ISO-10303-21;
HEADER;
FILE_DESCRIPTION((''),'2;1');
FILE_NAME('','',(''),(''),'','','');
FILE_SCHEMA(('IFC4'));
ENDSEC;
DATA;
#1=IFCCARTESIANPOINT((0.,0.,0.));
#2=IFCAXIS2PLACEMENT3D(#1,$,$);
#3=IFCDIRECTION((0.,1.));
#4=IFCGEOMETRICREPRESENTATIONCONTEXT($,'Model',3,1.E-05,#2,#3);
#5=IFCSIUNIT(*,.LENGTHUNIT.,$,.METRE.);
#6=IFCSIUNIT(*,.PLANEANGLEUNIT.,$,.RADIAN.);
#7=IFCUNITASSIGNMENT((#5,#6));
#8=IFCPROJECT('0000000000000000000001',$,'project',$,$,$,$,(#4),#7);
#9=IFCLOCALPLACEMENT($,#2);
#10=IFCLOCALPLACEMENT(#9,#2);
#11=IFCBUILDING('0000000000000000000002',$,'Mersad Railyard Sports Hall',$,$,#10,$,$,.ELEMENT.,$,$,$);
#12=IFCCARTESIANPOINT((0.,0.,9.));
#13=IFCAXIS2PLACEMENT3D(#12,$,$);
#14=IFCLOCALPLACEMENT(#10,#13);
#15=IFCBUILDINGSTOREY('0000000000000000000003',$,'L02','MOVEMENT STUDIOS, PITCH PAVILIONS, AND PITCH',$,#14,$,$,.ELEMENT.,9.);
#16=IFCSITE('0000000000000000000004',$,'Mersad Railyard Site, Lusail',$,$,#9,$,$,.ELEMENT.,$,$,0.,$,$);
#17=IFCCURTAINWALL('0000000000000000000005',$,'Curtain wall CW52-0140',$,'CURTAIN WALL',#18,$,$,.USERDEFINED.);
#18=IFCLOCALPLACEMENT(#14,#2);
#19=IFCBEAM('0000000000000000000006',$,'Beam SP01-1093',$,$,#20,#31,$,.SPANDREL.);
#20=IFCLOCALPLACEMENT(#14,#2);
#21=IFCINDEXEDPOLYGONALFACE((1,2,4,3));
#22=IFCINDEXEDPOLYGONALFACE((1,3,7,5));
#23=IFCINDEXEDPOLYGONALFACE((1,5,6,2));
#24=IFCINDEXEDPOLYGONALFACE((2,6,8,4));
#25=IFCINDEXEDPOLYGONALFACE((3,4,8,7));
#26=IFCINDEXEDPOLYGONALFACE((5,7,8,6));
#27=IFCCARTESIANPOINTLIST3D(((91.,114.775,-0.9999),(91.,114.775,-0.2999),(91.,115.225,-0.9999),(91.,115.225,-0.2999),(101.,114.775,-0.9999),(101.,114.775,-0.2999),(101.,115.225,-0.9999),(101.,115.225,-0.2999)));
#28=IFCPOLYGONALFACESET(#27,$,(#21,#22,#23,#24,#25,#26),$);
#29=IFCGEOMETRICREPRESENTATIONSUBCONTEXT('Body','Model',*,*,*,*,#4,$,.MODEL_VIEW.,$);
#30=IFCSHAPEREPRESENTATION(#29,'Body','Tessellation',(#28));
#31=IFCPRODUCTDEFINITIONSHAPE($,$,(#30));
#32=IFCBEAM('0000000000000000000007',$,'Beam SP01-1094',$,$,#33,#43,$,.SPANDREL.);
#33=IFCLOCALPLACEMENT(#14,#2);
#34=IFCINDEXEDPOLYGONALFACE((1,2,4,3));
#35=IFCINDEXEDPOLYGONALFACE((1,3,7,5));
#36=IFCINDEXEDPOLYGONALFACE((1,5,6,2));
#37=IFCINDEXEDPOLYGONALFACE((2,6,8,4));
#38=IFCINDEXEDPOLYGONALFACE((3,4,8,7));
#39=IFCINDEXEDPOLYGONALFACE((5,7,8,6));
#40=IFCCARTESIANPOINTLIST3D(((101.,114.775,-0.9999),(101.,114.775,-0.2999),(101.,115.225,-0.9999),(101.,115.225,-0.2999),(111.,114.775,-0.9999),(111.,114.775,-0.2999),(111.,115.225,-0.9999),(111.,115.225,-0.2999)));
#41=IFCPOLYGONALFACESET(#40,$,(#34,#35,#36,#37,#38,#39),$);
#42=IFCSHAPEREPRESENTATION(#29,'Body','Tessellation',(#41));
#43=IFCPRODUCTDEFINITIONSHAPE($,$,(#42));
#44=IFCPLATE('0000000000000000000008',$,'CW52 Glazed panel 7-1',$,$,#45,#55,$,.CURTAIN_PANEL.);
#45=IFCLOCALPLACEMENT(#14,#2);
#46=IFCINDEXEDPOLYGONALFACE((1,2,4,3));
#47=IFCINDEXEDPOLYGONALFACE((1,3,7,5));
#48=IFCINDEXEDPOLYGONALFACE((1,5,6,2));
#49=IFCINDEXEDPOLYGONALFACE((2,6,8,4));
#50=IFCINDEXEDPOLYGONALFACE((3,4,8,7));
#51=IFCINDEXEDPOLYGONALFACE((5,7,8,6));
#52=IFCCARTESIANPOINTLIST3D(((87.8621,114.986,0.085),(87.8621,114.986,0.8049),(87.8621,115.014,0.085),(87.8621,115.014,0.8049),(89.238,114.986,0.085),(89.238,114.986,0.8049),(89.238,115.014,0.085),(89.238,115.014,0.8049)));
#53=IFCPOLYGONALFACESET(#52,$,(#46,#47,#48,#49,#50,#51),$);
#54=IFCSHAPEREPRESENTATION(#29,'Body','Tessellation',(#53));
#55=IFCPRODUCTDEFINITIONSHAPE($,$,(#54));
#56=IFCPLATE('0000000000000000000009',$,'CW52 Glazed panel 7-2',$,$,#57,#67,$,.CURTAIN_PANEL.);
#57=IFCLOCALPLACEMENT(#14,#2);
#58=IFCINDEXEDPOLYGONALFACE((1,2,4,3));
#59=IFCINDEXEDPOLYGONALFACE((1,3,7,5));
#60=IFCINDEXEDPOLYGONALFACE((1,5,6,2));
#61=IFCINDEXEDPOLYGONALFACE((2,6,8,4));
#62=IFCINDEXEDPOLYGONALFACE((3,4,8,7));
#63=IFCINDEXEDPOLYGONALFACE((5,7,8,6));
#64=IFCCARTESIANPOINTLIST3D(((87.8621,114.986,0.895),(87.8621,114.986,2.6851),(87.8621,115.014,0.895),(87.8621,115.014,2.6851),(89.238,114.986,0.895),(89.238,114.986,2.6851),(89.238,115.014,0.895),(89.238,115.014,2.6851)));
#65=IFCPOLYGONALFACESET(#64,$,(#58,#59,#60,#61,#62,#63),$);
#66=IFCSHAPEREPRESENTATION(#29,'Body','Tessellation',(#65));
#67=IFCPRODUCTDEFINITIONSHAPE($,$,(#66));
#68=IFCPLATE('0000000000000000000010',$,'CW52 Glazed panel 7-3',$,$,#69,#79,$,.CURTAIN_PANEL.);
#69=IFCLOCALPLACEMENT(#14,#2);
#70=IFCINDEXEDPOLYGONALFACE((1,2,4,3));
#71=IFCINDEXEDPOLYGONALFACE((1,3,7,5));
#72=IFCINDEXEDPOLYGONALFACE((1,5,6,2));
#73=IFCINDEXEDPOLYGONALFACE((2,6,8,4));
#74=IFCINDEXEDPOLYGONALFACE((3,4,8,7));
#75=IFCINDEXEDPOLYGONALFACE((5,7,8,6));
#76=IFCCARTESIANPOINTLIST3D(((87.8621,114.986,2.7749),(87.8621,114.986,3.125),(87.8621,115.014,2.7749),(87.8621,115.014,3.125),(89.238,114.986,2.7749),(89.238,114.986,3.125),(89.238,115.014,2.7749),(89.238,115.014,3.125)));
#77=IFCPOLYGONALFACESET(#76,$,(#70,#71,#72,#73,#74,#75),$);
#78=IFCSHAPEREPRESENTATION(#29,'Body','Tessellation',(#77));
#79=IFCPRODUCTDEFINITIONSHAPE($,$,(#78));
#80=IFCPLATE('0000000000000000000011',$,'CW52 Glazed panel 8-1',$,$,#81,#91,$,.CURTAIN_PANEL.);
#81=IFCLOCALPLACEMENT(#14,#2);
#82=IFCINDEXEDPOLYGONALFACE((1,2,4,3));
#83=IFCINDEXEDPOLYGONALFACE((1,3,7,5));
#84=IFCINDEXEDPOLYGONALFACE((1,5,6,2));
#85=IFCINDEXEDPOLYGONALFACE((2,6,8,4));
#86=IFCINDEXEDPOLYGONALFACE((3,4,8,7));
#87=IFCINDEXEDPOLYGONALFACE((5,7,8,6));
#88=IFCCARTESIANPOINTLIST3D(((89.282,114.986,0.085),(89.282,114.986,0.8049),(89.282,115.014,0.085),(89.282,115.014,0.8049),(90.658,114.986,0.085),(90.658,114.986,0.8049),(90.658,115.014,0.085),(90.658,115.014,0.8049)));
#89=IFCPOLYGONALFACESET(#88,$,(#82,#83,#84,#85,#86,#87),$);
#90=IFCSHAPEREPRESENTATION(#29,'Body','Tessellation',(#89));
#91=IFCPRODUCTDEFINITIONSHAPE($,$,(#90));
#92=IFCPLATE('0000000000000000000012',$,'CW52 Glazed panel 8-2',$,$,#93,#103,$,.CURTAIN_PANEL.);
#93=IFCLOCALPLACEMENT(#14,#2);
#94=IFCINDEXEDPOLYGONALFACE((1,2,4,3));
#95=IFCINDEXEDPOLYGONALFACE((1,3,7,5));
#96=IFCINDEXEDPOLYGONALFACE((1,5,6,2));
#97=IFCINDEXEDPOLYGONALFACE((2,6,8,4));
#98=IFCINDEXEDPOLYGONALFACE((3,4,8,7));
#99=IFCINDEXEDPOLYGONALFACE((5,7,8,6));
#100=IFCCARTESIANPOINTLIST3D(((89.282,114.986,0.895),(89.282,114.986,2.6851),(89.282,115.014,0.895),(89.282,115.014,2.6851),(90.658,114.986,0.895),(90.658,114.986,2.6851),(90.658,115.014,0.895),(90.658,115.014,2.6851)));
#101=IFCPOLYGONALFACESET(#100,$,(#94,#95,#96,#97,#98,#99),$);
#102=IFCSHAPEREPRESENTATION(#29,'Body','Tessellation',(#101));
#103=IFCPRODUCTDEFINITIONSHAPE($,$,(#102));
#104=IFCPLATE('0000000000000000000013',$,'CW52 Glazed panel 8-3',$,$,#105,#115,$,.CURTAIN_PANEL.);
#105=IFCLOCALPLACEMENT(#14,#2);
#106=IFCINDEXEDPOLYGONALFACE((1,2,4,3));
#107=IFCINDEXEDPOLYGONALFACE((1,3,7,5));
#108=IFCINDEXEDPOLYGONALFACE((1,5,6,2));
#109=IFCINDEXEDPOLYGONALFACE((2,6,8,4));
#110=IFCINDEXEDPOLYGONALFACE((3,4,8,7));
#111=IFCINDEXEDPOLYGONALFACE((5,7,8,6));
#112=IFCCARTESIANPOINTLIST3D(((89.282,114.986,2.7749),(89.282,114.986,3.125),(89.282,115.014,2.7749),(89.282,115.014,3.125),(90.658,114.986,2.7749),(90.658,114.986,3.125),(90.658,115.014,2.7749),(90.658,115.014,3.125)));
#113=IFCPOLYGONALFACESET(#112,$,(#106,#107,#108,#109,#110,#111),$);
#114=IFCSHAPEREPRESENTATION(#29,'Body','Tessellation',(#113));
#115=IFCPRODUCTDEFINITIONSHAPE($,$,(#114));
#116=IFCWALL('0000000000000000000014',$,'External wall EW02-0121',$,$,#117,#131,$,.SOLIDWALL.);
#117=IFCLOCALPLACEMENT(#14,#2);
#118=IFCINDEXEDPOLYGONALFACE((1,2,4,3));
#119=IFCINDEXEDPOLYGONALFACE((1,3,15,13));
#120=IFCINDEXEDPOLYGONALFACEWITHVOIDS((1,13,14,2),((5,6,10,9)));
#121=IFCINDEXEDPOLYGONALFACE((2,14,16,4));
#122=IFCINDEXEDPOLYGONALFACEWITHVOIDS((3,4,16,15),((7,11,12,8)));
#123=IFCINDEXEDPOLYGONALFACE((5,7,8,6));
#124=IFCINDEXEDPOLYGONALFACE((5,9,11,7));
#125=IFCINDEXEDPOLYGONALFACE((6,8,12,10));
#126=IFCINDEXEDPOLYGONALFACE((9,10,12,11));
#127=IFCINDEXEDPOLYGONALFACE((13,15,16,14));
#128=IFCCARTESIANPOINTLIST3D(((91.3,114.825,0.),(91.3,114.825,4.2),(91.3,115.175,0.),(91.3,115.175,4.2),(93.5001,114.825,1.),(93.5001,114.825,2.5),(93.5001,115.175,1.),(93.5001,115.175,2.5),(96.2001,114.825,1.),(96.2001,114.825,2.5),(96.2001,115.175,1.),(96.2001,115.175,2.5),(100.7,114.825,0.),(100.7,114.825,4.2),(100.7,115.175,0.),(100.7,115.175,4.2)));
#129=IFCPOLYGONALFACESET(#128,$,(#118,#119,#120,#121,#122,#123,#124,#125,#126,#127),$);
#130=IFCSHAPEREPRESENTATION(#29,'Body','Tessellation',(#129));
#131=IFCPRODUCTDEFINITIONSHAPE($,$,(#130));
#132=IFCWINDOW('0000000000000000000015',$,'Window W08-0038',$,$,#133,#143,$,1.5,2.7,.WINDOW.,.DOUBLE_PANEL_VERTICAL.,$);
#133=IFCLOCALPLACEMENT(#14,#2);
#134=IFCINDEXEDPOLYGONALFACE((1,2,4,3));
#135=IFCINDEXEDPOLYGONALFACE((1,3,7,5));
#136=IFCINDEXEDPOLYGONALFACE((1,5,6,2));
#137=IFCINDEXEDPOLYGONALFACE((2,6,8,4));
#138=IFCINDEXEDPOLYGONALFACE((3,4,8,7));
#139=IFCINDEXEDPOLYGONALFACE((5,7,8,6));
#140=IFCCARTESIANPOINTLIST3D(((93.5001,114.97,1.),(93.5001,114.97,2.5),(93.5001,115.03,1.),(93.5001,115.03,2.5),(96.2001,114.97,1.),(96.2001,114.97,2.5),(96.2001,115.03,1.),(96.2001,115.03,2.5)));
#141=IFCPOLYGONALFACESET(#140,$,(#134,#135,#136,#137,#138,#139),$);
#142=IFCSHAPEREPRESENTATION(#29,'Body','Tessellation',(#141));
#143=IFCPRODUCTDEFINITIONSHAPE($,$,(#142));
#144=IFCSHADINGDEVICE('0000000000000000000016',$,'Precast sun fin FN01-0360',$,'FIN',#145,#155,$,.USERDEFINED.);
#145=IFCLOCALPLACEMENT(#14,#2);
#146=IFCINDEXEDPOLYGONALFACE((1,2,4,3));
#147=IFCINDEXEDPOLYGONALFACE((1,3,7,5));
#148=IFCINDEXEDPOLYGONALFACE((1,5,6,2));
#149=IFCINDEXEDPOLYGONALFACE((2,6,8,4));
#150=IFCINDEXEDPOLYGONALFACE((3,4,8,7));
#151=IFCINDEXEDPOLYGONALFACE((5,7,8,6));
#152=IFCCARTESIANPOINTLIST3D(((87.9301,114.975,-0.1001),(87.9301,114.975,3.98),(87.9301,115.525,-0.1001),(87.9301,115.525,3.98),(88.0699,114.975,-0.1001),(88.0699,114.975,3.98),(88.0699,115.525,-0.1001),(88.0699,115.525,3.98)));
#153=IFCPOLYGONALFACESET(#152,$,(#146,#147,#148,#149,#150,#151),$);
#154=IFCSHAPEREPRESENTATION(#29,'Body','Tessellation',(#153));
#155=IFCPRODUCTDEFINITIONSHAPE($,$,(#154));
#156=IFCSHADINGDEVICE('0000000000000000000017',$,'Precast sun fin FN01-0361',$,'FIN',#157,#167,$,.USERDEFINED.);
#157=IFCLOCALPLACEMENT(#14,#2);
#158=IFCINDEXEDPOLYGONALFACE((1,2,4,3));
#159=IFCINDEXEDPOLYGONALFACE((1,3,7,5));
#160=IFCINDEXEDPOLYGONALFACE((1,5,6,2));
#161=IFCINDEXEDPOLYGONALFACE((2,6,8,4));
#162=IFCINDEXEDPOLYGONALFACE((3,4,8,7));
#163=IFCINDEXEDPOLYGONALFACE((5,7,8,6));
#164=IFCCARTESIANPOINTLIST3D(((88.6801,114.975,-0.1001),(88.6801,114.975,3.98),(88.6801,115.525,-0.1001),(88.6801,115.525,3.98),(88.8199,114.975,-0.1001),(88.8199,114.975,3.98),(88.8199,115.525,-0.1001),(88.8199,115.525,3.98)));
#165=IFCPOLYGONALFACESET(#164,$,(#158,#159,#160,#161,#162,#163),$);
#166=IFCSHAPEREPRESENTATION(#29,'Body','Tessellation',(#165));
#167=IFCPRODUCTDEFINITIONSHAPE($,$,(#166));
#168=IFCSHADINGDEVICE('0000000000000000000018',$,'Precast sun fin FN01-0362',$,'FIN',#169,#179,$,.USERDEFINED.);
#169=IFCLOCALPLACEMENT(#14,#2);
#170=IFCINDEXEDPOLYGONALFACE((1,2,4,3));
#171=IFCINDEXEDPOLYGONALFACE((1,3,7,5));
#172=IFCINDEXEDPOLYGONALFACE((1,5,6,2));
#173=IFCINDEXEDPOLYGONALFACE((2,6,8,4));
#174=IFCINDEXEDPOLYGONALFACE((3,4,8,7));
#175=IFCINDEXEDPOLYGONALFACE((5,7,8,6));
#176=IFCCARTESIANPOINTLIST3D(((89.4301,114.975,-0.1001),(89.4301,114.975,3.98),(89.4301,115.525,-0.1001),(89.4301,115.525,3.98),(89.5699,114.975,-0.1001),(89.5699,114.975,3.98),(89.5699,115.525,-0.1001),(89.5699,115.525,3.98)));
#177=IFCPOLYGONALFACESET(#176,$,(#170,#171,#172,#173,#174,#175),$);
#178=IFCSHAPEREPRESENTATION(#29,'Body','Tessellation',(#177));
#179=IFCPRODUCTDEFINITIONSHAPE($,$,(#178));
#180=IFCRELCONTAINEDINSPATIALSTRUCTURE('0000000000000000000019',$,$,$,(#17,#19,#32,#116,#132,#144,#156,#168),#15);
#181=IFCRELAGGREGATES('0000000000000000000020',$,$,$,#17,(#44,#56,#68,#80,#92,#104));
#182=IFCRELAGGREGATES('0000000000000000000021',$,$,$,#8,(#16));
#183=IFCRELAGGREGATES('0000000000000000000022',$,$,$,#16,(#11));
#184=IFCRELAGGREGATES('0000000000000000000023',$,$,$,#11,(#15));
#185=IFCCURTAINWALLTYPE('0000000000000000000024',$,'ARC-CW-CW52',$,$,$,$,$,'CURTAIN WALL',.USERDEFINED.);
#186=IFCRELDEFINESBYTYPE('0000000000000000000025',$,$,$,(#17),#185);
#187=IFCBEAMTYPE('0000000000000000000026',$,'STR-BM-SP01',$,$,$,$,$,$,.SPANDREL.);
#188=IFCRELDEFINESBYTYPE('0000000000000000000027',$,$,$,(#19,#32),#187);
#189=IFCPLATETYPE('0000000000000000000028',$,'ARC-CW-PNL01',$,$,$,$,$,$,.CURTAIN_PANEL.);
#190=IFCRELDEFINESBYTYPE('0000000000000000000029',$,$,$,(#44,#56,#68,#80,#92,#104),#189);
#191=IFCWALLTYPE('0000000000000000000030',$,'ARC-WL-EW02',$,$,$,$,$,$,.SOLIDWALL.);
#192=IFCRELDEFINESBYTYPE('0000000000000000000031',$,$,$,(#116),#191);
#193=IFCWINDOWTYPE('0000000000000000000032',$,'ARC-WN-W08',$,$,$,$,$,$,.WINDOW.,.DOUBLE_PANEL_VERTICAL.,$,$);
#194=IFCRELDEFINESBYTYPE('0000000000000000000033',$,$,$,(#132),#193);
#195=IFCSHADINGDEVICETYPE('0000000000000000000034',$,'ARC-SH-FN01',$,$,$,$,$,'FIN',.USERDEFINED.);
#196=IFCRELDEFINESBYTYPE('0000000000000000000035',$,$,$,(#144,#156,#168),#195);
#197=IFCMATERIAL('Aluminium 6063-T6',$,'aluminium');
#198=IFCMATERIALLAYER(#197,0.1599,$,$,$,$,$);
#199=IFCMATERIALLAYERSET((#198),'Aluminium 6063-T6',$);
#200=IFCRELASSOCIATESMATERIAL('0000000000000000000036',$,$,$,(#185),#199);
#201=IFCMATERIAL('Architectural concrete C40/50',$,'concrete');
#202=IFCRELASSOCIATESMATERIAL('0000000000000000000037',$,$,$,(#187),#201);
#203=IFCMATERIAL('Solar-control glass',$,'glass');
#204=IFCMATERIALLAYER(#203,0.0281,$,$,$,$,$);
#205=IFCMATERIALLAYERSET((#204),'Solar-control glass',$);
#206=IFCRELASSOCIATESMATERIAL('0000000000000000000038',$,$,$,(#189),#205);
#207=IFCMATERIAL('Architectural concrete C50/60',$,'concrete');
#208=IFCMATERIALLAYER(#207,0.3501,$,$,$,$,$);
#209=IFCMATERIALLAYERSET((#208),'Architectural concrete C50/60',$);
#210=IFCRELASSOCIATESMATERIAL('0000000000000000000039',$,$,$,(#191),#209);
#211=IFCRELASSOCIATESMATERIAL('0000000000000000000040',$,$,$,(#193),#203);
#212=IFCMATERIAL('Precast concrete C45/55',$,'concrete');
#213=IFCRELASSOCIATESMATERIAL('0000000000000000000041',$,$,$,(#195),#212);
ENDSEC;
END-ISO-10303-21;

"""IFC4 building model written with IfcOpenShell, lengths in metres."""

from ifc_helpers import new_model, si_unit, direction, frame, frame_2d, origin, origin_2d, place, context, subcontext, project, spatial, rectangle, extrude, material, layer, layer_set, material_profile, profile_set, type_object, element, fill, aggregate, save


model = new_model("IFC4")

# Units and contexts
model_context = context("Model", 3, precision=1e-05, world=origin(), true_north=direction((0.0, 1.0)))
body_context = subcontext(model_context, "Body", "Model", "MODEL_VIEW")
ifc_project = project(units=[si_unit("LENGTHUNIT", "METRE"), si_unit("PLANEANGLEUNIT", "RADIAN")], contexts=[model_context])

# Site, building, storey
site_placement = place(None, origin())
site = spatial("IfcSite", under=ifc_project, at=site_placement, Name="Mersad Railyard Site, Lusail", CompositionType="ELEMENT", RefElevation=0.0)
building_placement = place(site_placement, origin())
building = spatial("IfcBuilding", under=site, at=building_placement, Name="Mersad Railyard Sports Hall", CompositionType="ELEMENT")
storey_placement = place(building_placement, frame((0.0, 0.0, 9.0)))
storey = spatial("IfcBuildingStorey", under=building, at=storey_placement, Name="L02", Description="MOVEMENT STUDIOS, PITCH PAVILIONS, AND PITCH", CompositionType="ELEMENT", Elevation=9.0)

# Curtain wall
ifc_material_1 = material(Name="Aluminium 6063-T6", Category="aluminium")
ifc_layer_1 = layer(ifc_material_1, 0.1599)
ifc_layer_set_1 = layer_set([ifc_layer_1], Name="Aluminium 6063-T6")
curtain_wall_type_1 = type_object("IfcCurtainWallType", Name="ARC-CW-CW52", ElementType="CURTAIN WALL", PredefinedType="USERDEFINED", material=ifc_layer_set_1)
curtain_wall_1_placement = place(storey_placement, origin())
curtain_wall_1 = element("IfcCurtainWall", 1, at=curtain_wall_1_placement, inside=storey, type_object=curtain_wall_type_1, Name="Curtain wall CW52-0140", ObjectType="CURTAIN WALL", PredefinedType="USERDEFINED")

# Beams
ifc_material_2 = material(Name="Architectural concrete C40/50", Category="concrete")
ifc_material_profile_1 = material_profile(ifc_material_2, rectangle(XDim=0.45, YDim=0.7, at=origin_2d()), Name="RC 450x700")
ifc_profile_set_1 = profile_set([ifc_material_profile_1], Name="Architectural concrete C40/50")
beam_type = type_object("IfcBeamType", Name="STR-BM-SP01", PredefinedType="SPANDREL", material=ifc_profile_set_1)
for number, where, z_axis, x_axis, name in (
    (2, (91.0, 115.0, -0.6499), (1.0, 0.0, 0.0), (0.0, 1.0, 0.0), "Beam SP01-1093"),
    (3, (101.0, 115.0, -0.6499), (1.0, 0.0, 0.0), (0.0, 1.0, 0.0), "Beam SP01-1094"),
):
    element("IfcBeam", number, at=place(storey_placement, frame(where, z_axis=z_axis, x_axis=x_axis)), inside=storey, type_object=beam_type, Name=name, PredefinedType="SPANDREL", context=body_context, shape_type="SweptSolid", body=[
        extrude(rectangle(XDim=0.45, YDim=0.7, at=origin_2d()), origin(), (0.0, 0.0, 1.0), 10.0),
    ])

# Plates
ifc_material_3 = material(Name="Solar-control glass", Category="glass")
ifc_layer_2 = layer(ifc_material_3, 0.0281)
ifc_layer_set_2 = layer_set([ifc_layer_2], Name="Solar-control glass")
plate_type = type_object("IfcPlateType", Name="ARC-CW-PNL01", PredefinedType="CURTAIN_PANEL", material=ifc_layer_set_2)
plate_1_placement = place(storey_placement, frame((88.55, 115.0, 0.085), z_axis=(0.0, 0.0, 1.0), x_axis=(1.0, 0.0, 0.0)))
plate_1 = element("IfcPlate", 4, at=plate_1_placement, type_object=plate_type, Name="CW52 Glazed panel 7-1", PredefinedType="CURTAIN_PANEL", context=body_context, shape_type="SweptSolid", body=[
    extrude(rectangle(XDim=1.376, YDim=0.0281, at=origin_2d()), origin(), (0.0, 0.0, 1.0), 0.72),
])
plate_2_placement = place(storey_placement, frame((88.55, 115.0, 0.895), z_axis=(0.0, 0.0, 1.0), x_axis=(1.0, 0.0, 0.0)))
plate_2 = element("IfcPlate", 5, at=plate_2_placement, type_object=plate_type, Name="CW52 Glazed panel 7-2", PredefinedType="CURTAIN_PANEL", context=body_context, shape_type="SweptSolid", body=[
    extrude(rectangle(XDim=1.376, YDim=0.0281, at=origin_2d()), origin(), (0.0, 0.0, 1.0), 1.79),
])
plate_3_placement = place(storey_placement, frame((88.55, 115.0, 2.7749), z_axis=(0.0, 0.0, 1.0), x_axis=(1.0, 0.0, 0.0)))
plate_3 = element("IfcPlate", 6, at=plate_3_placement, type_object=plate_type, Name="CW52 Glazed panel 7-3", PredefinedType="CURTAIN_PANEL", context=body_context, shape_type="SweptSolid", body=[
    extrude(rectangle(XDim=1.376, YDim=0.0281, at=origin_2d()), origin(), (0.0, 0.0, 1.0), 0.3501),
])
plate_4_placement = place(storey_placement, frame((89.97, 115.0, 0.085), z_axis=(0.0, 0.0, 1.0), x_axis=(1.0, 0.0, 0.0)))
plate_4 = element("IfcPlate", 7, at=plate_4_placement, type_object=plate_type, Name="CW52 Glazed panel 8-1", PredefinedType="CURTAIN_PANEL", context=body_context, shape_type="SweptSolid", body=[
    extrude(rectangle(XDim=1.376, YDim=0.0281, at=origin_2d()), origin(), (0.0, 0.0, 1.0), 0.72),
])
plate_5_placement = place(storey_placement, frame((89.97, 115.0, 0.895), z_axis=(0.0, 0.0, 1.0), x_axis=(1.0, 0.0, 0.0)))
plate_5 = element("IfcPlate", 8, at=plate_5_placement, type_object=plate_type, Name="CW52 Glazed panel 8-2", PredefinedType="CURTAIN_PANEL", context=body_context, shape_type="SweptSolid", body=[
    extrude(rectangle(XDim=1.376, YDim=0.0281, at=origin_2d()), origin(), (0.0, 0.0, 1.0), 1.79),
])
plate_6_placement = place(storey_placement, frame((89.97, 115.0, 2.7749), z_axis=(0.0, 0.0, 1.0), x_axis=(1.0, 0.0, 0.0)))
plate_6 = element("IfcPlate", 9, at=plate_6_placement, type_object=plate_type, Name="CW52 Glazed panel 8-3", PredefinedType="CURTAIN_PANEL", context=body_context, shape_type="SweptSolid", body=[
    extrude(rectangle(XDim=1.376, YDim=0.0281, at=origin_2d()), origin(), (0.0, 0.0, 1.0), 0.3501),
])
aggregate(curtain_wall_1, [plate_1, plate_2, plate_3, plate_4, plate_5, plate_6])

# Wall, opening, window
ifc_material_4 = material(Name="Architectural concrete C50/60", Category="concrete")
ifc_layer_3 = layer(ifc_material_4, 0.3501)
ifc_layer_set_3 = layer_set([ifc_layer_3], Name="Architectural concrete C50/60")
wall_type = type_object("IfcWallType", Name="ARC-WL-EW02", PredefinedType="SOLIDWALL", material=ifc_layer_set_3)
wall_placement = place(storey_placement, frame((91.3, 115.0, 0.0), z_axis=(0.0, 0.0, 1.0), x_axis=(1.0, 0.0, 0.0)))
wall = element("IfcWall", 10, at=wall_placement, inside=storey, type_object=wall_type, Name="External wall EW02-0121", PredefinedType="SOLIDWALL", context=body_context, shape_type="SweptSolid", body=[
    extrude(rectangle(XDim=9.3999, YDim=0.3501, at=frame_2d((4.7, 0.0))), origin(), (0.0, 0.0, 1.0), 4.2),
])
opening_placement = place(wall_placement, frame((2.2, 0.0, 1.0)))
opening = element("IfcOpeningElement", 11, at=opening_placement, cuts=wall, PredefinedType="OPENING", context=body_context, shape_type="SweptSolid", body=[
    extrude(rectangle(XDim=2.7, YDim=1.5, at=frame_2d((1.3501, 0.75))), frame((0.0, 0.1851, 0.0), z_axis=(0.0, -1.0, 0.0), x_axis=(1.0, 0.0, 0.0)), (0.0, 0.0, 1.0), 0.3701),
])
window_type = type_object("IfcWindowType", Name="ARC-WN-W08", PartitioningType="DOUBLE_PANEL_VERTICAL", PredefinedType="WINDOW", material=ifc_material_3)
window_placement = place(opening_placement, origin())
window = element("IfcWindow", 12, at=window_placement, inside=storey, type_object=window_type, Name="Window W08-0038", OverallHeight=1.5, OverallWidth=2.7, PartitioningType="DOUBLE_PANEL_VERTICAL", PredefinedType="WINDOW", context=body_context, shape_type="SweptSolid", body=[
    extrude(rectangle(XDim=2.7, YDim=1.5, at=frame_2d((1.3501, 0.75))), frame((0.0, 0.03, 0.0), z_axis=(0.0, -1.0, 0.0), x_axis=(1.0, 0.0, 0.0)), (0.0, 0.0, 1.0), 0.0601),
])
fill(opening, window)

# Shading devices
ifc_material_5 = material(Name="Precast concrete C45/55", Category="concrete")
shading_device_type = type_object("IfcShadingDeviceType", Name="ARC-SH-FN01", ElementType="FIN", PredefinedType="USERDEFINED", material=ifc_material_5)
for number, where, z_axis, x_axis, name in (
    (13, (88.0, 115.25, -0.1001), (0.0, 0.0, 1.0), (1.0, 0.0, 0.0), "Precast sun fin FN01-0360"),
    (14, (88.75, 115.25, -0.1001), (0.0, 0.0, 1.0), (1.0, 0.0, 0.0), "Precast sun fin FN01-0361"),
    (15, (89.5, 115.25, -0.1001), (0.0, 0.0, 1.0), (1.0, 0.0, 0.0), "Precast sun fin FN01-0362"),
):
    element("IfcShadingDevice", number, at=place(storey_placement, frame(where, z_axis=z_axis, x_axis=x_axis)), inside=storey, type_object=shading_device_type, Name=name, ObjectType="FIN", PredefinedType="USERDEFINED", context=body_context, shape_type="SweptSolid", body=[
        extrude(rectangle(XDim=0.1399, YDim=0.55, at=origin_2d()), origin(), (0.0, 0.0, 1.0), 4.0801),
    ])

save(model, "model.ifc")
